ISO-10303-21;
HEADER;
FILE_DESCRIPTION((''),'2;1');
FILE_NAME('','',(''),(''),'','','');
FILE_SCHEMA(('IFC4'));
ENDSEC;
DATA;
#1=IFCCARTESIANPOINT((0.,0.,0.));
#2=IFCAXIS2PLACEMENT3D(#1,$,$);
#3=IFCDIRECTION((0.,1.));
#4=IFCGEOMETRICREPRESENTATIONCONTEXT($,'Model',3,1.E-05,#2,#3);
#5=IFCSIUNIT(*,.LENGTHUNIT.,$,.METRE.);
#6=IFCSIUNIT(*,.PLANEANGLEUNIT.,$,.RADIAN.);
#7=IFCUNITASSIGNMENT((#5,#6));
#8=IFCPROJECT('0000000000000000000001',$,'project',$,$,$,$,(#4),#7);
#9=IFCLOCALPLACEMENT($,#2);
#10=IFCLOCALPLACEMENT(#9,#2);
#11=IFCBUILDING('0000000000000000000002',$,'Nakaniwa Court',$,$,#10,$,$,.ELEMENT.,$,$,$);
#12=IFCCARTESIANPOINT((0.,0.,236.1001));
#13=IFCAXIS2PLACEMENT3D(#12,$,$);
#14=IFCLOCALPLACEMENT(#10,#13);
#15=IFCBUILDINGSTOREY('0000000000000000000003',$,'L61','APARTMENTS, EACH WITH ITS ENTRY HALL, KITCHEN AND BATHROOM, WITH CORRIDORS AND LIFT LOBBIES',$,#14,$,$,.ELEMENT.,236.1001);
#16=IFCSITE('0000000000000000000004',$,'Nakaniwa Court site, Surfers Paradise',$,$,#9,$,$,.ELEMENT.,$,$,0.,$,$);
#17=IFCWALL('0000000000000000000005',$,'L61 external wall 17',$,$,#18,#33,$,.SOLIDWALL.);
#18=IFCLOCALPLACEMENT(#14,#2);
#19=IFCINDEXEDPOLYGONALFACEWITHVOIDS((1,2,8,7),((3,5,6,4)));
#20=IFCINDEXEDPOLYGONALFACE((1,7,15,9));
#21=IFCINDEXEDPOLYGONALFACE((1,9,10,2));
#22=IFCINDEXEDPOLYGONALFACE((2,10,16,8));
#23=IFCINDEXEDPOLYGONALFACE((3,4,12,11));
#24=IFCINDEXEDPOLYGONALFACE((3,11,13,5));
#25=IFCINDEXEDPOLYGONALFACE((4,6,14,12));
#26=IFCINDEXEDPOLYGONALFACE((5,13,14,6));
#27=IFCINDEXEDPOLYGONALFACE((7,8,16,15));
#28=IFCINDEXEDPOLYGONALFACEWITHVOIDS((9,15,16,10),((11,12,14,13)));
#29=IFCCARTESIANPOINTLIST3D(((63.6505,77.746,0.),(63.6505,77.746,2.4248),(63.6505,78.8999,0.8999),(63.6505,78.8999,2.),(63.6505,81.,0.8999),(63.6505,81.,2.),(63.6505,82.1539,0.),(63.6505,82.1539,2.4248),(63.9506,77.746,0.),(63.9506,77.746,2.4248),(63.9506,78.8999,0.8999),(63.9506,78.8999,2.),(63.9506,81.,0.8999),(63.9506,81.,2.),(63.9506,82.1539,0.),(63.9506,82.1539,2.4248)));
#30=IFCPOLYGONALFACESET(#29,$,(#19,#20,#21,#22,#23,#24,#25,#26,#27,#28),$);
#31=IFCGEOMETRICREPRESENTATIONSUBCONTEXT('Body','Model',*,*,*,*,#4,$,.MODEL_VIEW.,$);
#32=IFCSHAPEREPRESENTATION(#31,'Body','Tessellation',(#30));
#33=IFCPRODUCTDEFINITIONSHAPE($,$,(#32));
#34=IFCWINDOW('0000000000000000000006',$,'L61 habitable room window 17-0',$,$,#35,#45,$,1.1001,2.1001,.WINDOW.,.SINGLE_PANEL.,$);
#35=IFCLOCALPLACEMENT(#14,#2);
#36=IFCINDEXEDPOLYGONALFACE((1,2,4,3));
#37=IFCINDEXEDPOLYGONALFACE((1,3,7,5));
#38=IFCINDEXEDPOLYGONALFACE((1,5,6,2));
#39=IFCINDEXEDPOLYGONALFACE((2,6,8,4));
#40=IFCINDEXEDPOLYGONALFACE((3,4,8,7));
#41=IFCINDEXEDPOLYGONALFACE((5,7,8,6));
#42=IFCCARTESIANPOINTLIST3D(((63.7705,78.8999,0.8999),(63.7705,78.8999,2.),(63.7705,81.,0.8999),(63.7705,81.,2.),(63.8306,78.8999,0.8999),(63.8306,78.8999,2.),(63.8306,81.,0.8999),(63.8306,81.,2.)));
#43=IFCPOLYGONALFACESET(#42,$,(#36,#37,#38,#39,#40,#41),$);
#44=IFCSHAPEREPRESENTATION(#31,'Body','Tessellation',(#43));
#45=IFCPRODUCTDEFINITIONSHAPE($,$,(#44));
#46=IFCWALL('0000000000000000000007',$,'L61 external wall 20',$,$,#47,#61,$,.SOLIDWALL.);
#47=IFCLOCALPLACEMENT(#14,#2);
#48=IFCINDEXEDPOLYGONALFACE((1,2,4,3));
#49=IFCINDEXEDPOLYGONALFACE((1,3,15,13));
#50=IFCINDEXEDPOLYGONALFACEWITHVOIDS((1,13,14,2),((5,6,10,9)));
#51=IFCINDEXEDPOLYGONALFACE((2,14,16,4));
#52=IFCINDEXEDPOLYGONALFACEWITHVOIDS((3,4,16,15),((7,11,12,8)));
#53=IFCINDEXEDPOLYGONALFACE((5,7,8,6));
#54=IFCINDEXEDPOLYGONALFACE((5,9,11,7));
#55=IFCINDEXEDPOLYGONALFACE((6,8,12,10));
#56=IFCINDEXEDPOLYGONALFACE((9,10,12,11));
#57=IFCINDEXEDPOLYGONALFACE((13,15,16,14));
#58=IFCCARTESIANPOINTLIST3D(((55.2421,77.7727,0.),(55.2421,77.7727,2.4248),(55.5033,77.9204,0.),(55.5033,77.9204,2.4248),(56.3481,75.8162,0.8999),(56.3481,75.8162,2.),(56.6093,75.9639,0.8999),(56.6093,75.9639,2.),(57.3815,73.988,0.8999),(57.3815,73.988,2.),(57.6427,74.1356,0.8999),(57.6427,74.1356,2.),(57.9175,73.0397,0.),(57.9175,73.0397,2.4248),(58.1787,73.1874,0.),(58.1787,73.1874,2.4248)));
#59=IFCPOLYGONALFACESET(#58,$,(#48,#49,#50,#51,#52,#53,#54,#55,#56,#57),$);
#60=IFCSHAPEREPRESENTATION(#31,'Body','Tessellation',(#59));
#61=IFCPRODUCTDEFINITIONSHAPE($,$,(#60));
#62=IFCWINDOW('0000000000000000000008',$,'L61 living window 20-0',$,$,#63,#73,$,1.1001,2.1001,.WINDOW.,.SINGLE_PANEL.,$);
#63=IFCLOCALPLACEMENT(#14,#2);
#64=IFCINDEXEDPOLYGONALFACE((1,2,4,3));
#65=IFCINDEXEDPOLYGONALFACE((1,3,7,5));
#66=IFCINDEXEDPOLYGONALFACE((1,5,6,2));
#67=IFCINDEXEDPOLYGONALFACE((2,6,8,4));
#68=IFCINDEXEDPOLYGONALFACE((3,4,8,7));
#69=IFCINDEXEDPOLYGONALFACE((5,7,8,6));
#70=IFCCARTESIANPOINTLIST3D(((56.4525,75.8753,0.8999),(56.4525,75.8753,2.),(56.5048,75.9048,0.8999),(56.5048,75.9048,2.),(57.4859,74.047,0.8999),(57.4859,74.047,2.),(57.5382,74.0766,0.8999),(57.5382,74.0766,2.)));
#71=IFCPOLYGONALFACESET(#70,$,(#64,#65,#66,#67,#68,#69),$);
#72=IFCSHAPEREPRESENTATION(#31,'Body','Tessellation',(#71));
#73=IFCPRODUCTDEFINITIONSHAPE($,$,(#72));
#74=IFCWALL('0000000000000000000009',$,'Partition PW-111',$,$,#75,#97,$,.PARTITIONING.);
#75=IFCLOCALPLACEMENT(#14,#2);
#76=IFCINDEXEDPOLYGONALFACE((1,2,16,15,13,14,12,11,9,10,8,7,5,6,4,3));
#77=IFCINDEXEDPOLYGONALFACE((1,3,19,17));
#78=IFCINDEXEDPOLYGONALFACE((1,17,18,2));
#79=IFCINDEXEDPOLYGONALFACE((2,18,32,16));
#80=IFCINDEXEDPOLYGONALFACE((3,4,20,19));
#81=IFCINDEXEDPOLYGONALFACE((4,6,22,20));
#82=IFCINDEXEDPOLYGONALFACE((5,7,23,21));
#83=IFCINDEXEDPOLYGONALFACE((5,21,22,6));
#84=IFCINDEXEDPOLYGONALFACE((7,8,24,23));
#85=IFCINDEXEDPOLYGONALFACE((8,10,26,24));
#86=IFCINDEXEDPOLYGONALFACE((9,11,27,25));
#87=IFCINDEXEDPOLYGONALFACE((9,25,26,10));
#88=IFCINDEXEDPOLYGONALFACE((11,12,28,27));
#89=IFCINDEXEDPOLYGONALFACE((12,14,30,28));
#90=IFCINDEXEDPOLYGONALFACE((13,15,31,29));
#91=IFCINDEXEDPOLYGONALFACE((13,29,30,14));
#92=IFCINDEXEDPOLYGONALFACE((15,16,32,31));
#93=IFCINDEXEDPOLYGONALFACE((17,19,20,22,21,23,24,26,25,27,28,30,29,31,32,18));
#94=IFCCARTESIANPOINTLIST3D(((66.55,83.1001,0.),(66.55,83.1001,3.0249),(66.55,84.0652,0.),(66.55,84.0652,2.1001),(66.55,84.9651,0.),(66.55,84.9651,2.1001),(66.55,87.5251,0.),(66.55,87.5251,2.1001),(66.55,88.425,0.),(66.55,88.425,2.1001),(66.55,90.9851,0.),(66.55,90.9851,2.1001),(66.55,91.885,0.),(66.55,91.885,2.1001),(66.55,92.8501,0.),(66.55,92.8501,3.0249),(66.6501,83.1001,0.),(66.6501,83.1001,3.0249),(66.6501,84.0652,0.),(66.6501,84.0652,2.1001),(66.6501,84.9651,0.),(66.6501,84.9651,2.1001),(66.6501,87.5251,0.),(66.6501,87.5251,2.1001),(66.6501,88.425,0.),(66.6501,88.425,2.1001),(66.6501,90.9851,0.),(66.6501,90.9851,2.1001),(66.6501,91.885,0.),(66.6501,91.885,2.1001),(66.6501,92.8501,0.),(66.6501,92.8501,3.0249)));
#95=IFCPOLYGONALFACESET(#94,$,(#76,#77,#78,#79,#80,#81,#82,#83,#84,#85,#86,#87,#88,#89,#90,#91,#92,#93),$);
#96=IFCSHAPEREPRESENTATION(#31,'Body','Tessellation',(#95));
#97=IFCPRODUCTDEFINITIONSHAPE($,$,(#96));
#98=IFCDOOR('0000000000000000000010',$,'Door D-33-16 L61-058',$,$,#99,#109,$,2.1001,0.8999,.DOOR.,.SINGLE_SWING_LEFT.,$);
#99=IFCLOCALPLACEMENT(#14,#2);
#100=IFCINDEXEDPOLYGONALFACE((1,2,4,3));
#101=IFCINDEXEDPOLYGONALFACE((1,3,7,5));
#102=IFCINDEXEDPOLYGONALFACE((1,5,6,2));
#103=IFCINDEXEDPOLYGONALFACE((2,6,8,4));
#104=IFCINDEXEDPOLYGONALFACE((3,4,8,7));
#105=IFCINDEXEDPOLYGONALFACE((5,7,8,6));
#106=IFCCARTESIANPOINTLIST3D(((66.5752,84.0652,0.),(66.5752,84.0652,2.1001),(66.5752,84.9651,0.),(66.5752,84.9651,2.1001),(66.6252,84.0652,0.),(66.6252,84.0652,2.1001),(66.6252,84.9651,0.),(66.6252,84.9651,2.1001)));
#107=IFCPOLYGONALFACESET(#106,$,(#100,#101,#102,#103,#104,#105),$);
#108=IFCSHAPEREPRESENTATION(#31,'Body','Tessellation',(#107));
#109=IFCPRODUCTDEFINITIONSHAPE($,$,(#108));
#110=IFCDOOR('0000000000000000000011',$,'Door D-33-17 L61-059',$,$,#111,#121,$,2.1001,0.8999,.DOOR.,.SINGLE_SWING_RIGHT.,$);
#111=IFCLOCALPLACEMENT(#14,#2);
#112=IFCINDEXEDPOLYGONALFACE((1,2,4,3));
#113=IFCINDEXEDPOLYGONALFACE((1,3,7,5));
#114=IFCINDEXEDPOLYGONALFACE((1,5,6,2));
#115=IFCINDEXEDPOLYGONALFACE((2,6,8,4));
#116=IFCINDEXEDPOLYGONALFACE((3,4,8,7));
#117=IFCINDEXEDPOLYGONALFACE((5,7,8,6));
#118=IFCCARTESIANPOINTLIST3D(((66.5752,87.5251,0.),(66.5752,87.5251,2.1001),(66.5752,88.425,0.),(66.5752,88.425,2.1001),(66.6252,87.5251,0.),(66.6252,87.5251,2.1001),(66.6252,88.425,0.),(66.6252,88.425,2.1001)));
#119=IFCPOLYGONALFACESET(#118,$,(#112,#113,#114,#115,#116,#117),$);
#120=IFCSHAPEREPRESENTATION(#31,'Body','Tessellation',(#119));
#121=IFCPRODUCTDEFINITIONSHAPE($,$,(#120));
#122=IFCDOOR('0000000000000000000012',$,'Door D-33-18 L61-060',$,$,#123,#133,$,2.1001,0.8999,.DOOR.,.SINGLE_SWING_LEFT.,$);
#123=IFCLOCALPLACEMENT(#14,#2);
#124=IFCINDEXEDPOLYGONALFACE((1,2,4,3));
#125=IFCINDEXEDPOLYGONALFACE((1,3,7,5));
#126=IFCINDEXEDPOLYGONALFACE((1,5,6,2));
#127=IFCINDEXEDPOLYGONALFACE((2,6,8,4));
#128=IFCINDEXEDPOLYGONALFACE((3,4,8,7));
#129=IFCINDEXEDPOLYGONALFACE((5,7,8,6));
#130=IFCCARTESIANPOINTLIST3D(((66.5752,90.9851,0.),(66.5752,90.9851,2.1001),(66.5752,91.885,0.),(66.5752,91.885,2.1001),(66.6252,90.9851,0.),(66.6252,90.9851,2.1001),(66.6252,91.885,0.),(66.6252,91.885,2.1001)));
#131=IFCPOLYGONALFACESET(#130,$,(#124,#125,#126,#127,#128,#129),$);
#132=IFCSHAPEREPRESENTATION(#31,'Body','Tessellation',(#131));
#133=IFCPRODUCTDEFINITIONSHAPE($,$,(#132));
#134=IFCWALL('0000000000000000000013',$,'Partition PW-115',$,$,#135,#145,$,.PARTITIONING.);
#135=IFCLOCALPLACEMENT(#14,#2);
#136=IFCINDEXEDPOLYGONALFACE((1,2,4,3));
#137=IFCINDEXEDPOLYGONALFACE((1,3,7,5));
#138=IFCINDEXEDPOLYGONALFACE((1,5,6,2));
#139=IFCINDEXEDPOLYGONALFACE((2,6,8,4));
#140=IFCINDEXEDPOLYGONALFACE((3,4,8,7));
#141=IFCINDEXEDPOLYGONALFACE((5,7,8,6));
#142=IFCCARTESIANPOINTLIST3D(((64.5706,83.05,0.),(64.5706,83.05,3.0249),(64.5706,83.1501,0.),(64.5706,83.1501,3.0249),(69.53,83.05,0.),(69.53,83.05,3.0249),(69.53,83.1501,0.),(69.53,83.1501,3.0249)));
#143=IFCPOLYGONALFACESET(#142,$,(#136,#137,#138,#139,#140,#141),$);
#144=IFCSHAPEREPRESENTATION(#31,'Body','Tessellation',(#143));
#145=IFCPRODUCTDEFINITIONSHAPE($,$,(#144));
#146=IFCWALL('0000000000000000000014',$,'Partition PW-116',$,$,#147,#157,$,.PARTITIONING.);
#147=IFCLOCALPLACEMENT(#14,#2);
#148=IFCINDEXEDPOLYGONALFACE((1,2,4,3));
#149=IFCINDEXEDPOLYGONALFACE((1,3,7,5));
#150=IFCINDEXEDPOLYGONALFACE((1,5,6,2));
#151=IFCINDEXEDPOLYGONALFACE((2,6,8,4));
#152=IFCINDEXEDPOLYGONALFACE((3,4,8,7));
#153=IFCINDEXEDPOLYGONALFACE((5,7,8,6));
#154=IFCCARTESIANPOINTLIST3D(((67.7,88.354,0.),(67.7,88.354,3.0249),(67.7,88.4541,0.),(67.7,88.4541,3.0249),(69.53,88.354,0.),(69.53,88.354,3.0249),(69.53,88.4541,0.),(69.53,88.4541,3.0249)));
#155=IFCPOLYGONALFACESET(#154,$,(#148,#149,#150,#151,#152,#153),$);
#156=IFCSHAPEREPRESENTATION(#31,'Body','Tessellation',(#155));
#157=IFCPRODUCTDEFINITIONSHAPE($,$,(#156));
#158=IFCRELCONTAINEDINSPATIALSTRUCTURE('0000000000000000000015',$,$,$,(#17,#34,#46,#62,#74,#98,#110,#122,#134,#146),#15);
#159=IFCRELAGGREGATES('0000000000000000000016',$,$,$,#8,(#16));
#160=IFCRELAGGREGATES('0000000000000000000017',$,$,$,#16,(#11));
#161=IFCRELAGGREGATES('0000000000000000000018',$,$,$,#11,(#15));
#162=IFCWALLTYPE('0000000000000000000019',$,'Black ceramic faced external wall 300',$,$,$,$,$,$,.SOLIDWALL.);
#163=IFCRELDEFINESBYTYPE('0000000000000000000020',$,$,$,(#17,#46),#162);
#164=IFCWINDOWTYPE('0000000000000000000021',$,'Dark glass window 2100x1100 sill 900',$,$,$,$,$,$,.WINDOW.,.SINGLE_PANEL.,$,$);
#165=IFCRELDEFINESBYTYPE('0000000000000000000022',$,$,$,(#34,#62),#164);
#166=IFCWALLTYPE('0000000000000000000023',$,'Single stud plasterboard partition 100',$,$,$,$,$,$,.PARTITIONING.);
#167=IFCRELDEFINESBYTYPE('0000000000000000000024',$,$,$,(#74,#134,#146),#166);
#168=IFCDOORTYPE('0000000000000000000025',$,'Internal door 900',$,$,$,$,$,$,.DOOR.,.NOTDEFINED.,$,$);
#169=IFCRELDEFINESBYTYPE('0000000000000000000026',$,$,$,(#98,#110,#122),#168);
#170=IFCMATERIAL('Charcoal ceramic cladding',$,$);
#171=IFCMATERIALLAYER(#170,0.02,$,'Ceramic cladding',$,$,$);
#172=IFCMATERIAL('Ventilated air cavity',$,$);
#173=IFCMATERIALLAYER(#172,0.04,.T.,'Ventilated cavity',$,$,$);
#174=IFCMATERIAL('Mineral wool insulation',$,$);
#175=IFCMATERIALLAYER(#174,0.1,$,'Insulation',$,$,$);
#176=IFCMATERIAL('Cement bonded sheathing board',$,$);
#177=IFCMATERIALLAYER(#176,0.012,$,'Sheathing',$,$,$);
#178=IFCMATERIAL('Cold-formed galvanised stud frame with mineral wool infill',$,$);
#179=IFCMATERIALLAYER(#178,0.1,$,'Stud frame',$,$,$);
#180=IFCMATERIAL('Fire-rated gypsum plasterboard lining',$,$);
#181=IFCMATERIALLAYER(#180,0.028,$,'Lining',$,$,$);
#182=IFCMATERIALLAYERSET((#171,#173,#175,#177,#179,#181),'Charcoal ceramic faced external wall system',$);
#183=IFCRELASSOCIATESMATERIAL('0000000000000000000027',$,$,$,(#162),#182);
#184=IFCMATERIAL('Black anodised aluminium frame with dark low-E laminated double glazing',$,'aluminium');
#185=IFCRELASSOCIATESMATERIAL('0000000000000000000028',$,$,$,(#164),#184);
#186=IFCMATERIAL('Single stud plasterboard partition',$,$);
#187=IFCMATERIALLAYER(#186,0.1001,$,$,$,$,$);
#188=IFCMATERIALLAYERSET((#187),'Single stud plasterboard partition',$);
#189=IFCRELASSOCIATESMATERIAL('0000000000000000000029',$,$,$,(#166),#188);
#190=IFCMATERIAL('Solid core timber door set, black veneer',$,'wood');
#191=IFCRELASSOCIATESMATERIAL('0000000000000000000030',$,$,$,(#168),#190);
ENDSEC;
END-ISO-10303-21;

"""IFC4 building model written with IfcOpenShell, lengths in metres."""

from ifc_helpers import new_model, si_unit, direction, frame, frame_2d, origin, place, context, subcontext, project, spatial, rectangle, extrude, material, layer, layer_set, type_object, element, fill, save


model = new_model("IFC4")

# Units and contexts
model_context = context("Model", 3, precision=1e-05, world=origin(), true_north=direction((0.0, 1.0)))
body_context = subcontext(model_context, "Body", "Model", "MODEL_VIEW")
ifc_project = project(units=[si_unit("LENGTHUNIT", "METRE"), si_unit("PLANEANGLEUNIT", "RADIAN")], contexts=[model_context])

# Site, building, storey
site_placement = place(None, origin())
site = spatial("IfcSite", under=ifc_project, at=site_placement, Name="Nakaniwa Court site, Surfers Paradise", CompositionType="ELEMENT", RefElevation=0.0)
building_placement = place(site_placement, origin())
building = spatial("IfcBuilding", under=site, at=building_placement, Name="Nakaniwa Court", CompositionType="ELEMENT")
storey_placement = place(building_placement, frame((0.0, 0.0, 236.1001)))
storey = spatial("IfcBuildingStorey", under=building, at=storey_placement, Name="L61", Description="APARTMENTS, EACH WITH ITS ENTRY HALL, KITCHEN AND BATHROOM, WITH CORRIDORS AND LIFT LOBBIES", CompositionType="ELEMENT", Elevation=236.1001)

# Shared definitions
ifc_material_1 = material(Name="Charcoal ceramic cladding")
ifc_layer_1 = layer(ifc_material_1, 0.02, Name="Ceramic cladding")
ifc_material_2 = material(Name="Ventilated air cavity")
ifc_layer_2 = layer(ifc_material_2, 0.04, ventilated=True, Name="Ventilated cavity")
ifc_material_3 = material(Name="Mineral wool insulation")
ifc_layer_3 = layer(ifc_material_3, 0.1, Name="Insulation")
ifc_material_4 = material(Name="Cement bonded sheathing board")
ifc_layer_4 = layer(ifc_material_4, 0.012, Name="Sheathing")
ifc_material_5 = material(Name="Cold-formed galvanised stud frame with mineral wool infill")
ifc_layer_5 = layer(ifc_material_5, 0.1, Name="Stud frame")
ifc_material_6 = material(Name="Fire-rated gypsum plasterboard lining")
ifc_layer_6 = layer(ifc_material_6, 0.028, Name="Lining")
ifc_layer_set_1 = layer_set([ifc_layer_1, ifc_layer_2, ifc_layer_3, ifc_layer_4, ifc_layer_5, ifc_layer_6], Name="Charcoal ceramic faced external wall system")
wall_type_1 = type_object("IfcWallType", Name="Black ceramic faced external wall 300", PredefinedType="SOLIDWALL", material=ifc_layer_set_1)
ifc_material_7 = material(Name="Black anodised aluminium frame with dark low-E laminated double glazing", Category="aluminium")

# Walls, openings, windows
wall_1_placement = place(storey_placement, frame((63.8005, 82.1541, 0.0), z_axis=(0.0, 0.0, 1.0), x_axis=(0.0, -1.0, 0.0)))
wall_1 = element("IfcWall", 1, at=wall_1_placement, inside=storey, type_object=wall_type_1, Name="L61 external wall 17", PredefinedType="SOLIDWALL", context=body_context, shape_type="SweptSolid", body=[
    extrude(rectangle(XDim=4.408, YDim=0.3, at=frame_2d((2.2041, 0.0))), origin(), (0.0, 0.0, 1.0), 2.4248),
])
opening_1_placement = place(wall_1_placement, frame((1.1541, 0.0, 0.8999)))
opening_1 = element("IfcOpeningElement", 2, at=opening_1_placement, cuts=wall_1, PredefinedType="OPENING", context=body_context, shape_type="SweptSolid", body=[
    extrude(rectangle(XDim=2.1001, YDim=1.1001, at=frame_2d((1.05, 0.55))), frame((0.0, 0.1599, 0.0), z_axis=(0.0, -1.0, 0.0), x_axis=(1.0, 0.0, 0.0)), (0.0, 0.0, 1.0), 0.3201),
])
window_type_1 = type_object("IfcWindowType", Name="Dark glass window 2100x1100 sill 900", PartitioningType="SINGLE_PANEL", PredefinedType="WINDOW", material=ifc_material_7)
window_1_placement = place(opening_1_placement, origin())
window_1 = element("IfcWindow", 3, at=window_1_placement, inside=storey, type_object=window_type_1, Name="L61 habitable room window 17-0", OverallHeight=1.1001, OverallWidth=2.1001, PartitioningType="SINGLE_PANEL", PredefinedType="WINDOW", context=body_context, shape_type="SweptSolid", body=[
    extrude(rectangle(XDim=2.1001, YDim=1.1001, at=frame_2d((1.05, 0.55))), frame((0.0, 0.03, 0.0), z_axis=(0.0, -1.0, 0.0), x_axis=(1.0, 0.0, 0.0)), (0.0, 0.0, 1.0), 0.0601),
])
fill(opening_1, window_1)
wall_2_placement = place(storey_placement, frame((55.3728, 77.8464, 0.0), z_axis=(0.0, 0.0, 1.0), x_axis=(0.492081, -0.870549, 0.0)))
wall_2 = element("IfcWall", 4, at=wall_2_placement, inside=storey, type_object=wall_type_1, Name="L61 external wall 20", PredefinedType="SOLIDWALL", context=body_context, shape_type="SweptSolid", body=[
    extrude(rectangle(XDim=5.4368, YDim=0.3, at=frame_2d((2.7183, 0.0))), origin(), (0.0, 0.0, 1.0), 2.4248),
])
opening_2_placement = place(wall_2_placement, frame((2.2473, 0.0, 0.8999)))
opening_2 = element("IfcOpeningElement", 5, at=opening_2_placement, cuts=wall_2, PredefinedType="OPENING", context=body_context, shape_type="SweptSolid", body=[
    extrude(rectangle(XDim=2.1001, YDim=1.1001, at=frame_2d((1.05, 0.55))), frame((0.0, 0.1599, 0.0), z_axis=(0.0, -1.0, 0.0), x_axis=(1.0, 0.0, 0.0)), (0.0, 0.0, 1.0), 0.3201),
])
window_2_placement = place(opening_2_placement, origin())
window_2 = element("IfcWindow", 6, at=window_2_placement, inside=storey, type_object=window_type_1, Name="L61 living window 20-0", OverallHeight=1.1001, OverallWidth=2.1001, PartitioningType="SINGLE_PANEL", PredefinedType="WINDOW", context=body_context, shape_type="SweptSolid", body=[
    extrude(rectangle(XDim=2.1001, YDim=1.1001, at=frame_2d((1.05, 0.55))), frame((0.0, 0.03, 0.0), z_axis=(0.0, -1.0, 0.0), x_axis=(1.0, 0.0, 0.0)), (0.0, 0.0, 1.0), 0.0601),
])
fill(opening_2, window_2)

# Wall, openings, doors
ifc_material_8 = material(Name="Single stud plasterboard partition")
ifc_layer_7 = layer(ifc_material_8, 0.1001)
ifc_layer_set_2 = layer_set([ifc_layer_7], Name="Single stud plasterboard partition")
wall_type_2 = type_object("IfcWallType", Name="Single stud plasterboard partition 100", PredefinedType="PARTITIONING", material=ifc_layer_set_2)
wall_3_placement = place(storey_placement, frame((66.6001, 83.1001, 0.0), z_axis=(0.0, 0.0, 1.0), x_axis=(0.0, 1.0, 0.0)))
wall_3 = element("IfcWall", 7, at=wall_3_placement, inside=storey, type_object=wall_type_2, Name="Partition PW-111", PredefinedType="PARTITIONING", context=body_context, shape_type="SweptSolid", body=[
    extrude(rectangle(XDim=9.75, YDim=0.1001, at=frame_2d((4.875, 0.0))), origin(), (0.0, 0.0, 1.0), 3.0249),
])
opening_3_placement = place(wall_3_placement, frame((0.9651, 0.0, 0.0)))
opening_3 = element("IfcOpeningElement", 8, at=opening_3_placement, cuts=wall_3, PredefinedType="OPENING", context=body_context, shape_type="SweptSolid", body=[
    extrude(rectangle(XDim=0.8999, YDim=2.1001, at=frame_2d((0.45, 1.05))), frame((0.0, 0.0601, 0.0), z_axis=(0.0, -1.0, 0.0), x_axis=(1.0, 0.0, 0.0)), (0.0, 0.0, 1.0), 0.1201),
])
opening_4_placement = place(wall_3_placement, frame((4.425, 0.0, 0.0)))
opening_4 = element("IfcOpeningElement", 9, at=opening_4_placement, cuts=wall_3, PredefinedType="OPENING", context=body_context, shape_type="SweptSolid", body=[
    extrude(rectangle(XDim=0.8999, YDim=2.1001, at=frame_2d((0.45, 1.05))), frame((0.0, 0.0601, 0.0), z_axis=(0.0, -1.0, 0.0), x_axis=(1.0, 0.0, 0.0)), (0.0, 0.0, 1.0), 0.1201),
])
opening_5_placement = place(wall_3_placement, frame((7.885, 0.0, 0.0)))
opening_5 = element("IfcOpeningElement", 10, at=opening_5_placement, cuts=wall_3, PredefinedType="OPENING", context=body_context, shape_type="SweptSolid", body=[
    extrude(rectangle(XDim=0.8999, YDim=2.1001, at=frame_2d((0.45, 1.05))), frame((0.0, 0.0601, 0.0), z_axis=(0.0, -1.0, 0.0), x_axis=(1.0, 0.0, 0.0)), (0.0, 0.0, 1.0), 0.1201),
])
ifc_material_9 = material(Name="Solid core timber door set, black veneer", Category="wood")
door_type = type_object("IfcDoorType", Name="Internal door 900", OperationType="NOTDEFINED", PredefinedType="DOOR", material=ifc_material_9)
door_1_placement = place(opening_3_placement, origin())
door_1 = element("IfcDoor", 11, at=door_1_placement, inside=storey, type_object=door_type, Name="Door D-33-16 L61-058", OperationType="SINGLE_SWING_LEFT", OverallHeight=2.1001, OverallWidth=0.8999, PredefinedType="DOOR", context=body_context, shape_type="SweptSolid", body=[
    extrude(rectangle(XDim=0.8999, YDim=2.1001, at=frame_2d((0.45, 1.05))), frame((0.0, 0.0249, 0.0), z_axis=(0.0, -1.0, 0.0), x_axis=(1.0, 0.0, 0.0)), (0.0, 0.0, 1.0), 0.05),
])
fill(opening_3, door_1)
door_2_placement = place(opening_4_placement, origin())
door_2 = element("IfcDoor", 12, at=door_2_placement, inside=storey, type_object=door_type, Name="Door D-33-17 L61-059", OperationType="SINGLE_SWING_RIGHT", OverallHeight=2.1001, OverallWidth=0.8999, PredefinedType="DOOR", context=body_context, shape_type="SweptSolid", body=[
    extrude(rectangle(XDim=0.8999, YDim=2.1001, at=frame_2d((0.45, 1.05))), frame((0.0, 0.0249, 0.0), z_axis=(0.0, -1.0, 0.0), x_axis=(1.0, 0.0, 0.0)), (0.0, 0.0, 1.0), 0.05),
])
fill(opening_4, door_2)
door_3_placement = place(opening_5_placement, origin())
door_3 = element("IfcDoor", 13, at=door_3_placement, inside=storey, type_object=door_type, Name="Door D-33-18 L61-060", OperationType="SINGLE_SWING_LEFT", OverallHeight=2.1001, OverallWidth=0.8999, PredefinedType="DOOR", context=body_context, shape_type="SweptSolid", body=[
    extrude(rectangle(XDim=0.8999, YDim=2.1001, at=frame_2d((0.45, 1.05))), frame((0.0, 0.0249, 0.0), z_axis=(0.0, -1.0, 0.0), x_axis=(1.0, 0.0, 0.0)), (0.0, 0.0, 1.0), 0.05),
])
fill(opening_5, door_3)

# Walls
wall_4_placement = place(storey_placement, frame((64.5706, 83.1001, 0.0), z_axis=(0.0, 0.0, 1.0), x_axis=(1.0, 0.0, 0.0)))
element("IfcWall", 14, at=wall_4_placement, inside=storey, type_object=wall_type_2, Name="Partition PW-115", PredefinedType="PARTITIONING", context=body_context, shape_type="SweptSolid", body=[
    extrude(rectangle(XDim=4.9595, YDim=0.1001, at=frame_2d((2.4797, 0.0))), origin(), (0.0, 0.0, 1.0), 3.0249),
])
wall_5_placement = place(storey_placement, frame((67.7, 88.4041, 0.0), z_axis=(0.0, 0.0, 1.0), x_axis=(1.0, 0.0, 0.0)))
element("IfcWall", 15, at=wall_5_placement, inside=storey, type_object=wall_type_2, Name="Partition PW-116", PredefinedType="PARTITIONING", context=body_context, shape_type="SweptSolid", body=[
    extrude(rectangle(XDim=1.8301, YDim=0.1001, at=frame_2d((0.915, 0.0))), origin(), (0.0, 0.0, 1.0), 3.0249),
])

save(model, "model.ifc")
